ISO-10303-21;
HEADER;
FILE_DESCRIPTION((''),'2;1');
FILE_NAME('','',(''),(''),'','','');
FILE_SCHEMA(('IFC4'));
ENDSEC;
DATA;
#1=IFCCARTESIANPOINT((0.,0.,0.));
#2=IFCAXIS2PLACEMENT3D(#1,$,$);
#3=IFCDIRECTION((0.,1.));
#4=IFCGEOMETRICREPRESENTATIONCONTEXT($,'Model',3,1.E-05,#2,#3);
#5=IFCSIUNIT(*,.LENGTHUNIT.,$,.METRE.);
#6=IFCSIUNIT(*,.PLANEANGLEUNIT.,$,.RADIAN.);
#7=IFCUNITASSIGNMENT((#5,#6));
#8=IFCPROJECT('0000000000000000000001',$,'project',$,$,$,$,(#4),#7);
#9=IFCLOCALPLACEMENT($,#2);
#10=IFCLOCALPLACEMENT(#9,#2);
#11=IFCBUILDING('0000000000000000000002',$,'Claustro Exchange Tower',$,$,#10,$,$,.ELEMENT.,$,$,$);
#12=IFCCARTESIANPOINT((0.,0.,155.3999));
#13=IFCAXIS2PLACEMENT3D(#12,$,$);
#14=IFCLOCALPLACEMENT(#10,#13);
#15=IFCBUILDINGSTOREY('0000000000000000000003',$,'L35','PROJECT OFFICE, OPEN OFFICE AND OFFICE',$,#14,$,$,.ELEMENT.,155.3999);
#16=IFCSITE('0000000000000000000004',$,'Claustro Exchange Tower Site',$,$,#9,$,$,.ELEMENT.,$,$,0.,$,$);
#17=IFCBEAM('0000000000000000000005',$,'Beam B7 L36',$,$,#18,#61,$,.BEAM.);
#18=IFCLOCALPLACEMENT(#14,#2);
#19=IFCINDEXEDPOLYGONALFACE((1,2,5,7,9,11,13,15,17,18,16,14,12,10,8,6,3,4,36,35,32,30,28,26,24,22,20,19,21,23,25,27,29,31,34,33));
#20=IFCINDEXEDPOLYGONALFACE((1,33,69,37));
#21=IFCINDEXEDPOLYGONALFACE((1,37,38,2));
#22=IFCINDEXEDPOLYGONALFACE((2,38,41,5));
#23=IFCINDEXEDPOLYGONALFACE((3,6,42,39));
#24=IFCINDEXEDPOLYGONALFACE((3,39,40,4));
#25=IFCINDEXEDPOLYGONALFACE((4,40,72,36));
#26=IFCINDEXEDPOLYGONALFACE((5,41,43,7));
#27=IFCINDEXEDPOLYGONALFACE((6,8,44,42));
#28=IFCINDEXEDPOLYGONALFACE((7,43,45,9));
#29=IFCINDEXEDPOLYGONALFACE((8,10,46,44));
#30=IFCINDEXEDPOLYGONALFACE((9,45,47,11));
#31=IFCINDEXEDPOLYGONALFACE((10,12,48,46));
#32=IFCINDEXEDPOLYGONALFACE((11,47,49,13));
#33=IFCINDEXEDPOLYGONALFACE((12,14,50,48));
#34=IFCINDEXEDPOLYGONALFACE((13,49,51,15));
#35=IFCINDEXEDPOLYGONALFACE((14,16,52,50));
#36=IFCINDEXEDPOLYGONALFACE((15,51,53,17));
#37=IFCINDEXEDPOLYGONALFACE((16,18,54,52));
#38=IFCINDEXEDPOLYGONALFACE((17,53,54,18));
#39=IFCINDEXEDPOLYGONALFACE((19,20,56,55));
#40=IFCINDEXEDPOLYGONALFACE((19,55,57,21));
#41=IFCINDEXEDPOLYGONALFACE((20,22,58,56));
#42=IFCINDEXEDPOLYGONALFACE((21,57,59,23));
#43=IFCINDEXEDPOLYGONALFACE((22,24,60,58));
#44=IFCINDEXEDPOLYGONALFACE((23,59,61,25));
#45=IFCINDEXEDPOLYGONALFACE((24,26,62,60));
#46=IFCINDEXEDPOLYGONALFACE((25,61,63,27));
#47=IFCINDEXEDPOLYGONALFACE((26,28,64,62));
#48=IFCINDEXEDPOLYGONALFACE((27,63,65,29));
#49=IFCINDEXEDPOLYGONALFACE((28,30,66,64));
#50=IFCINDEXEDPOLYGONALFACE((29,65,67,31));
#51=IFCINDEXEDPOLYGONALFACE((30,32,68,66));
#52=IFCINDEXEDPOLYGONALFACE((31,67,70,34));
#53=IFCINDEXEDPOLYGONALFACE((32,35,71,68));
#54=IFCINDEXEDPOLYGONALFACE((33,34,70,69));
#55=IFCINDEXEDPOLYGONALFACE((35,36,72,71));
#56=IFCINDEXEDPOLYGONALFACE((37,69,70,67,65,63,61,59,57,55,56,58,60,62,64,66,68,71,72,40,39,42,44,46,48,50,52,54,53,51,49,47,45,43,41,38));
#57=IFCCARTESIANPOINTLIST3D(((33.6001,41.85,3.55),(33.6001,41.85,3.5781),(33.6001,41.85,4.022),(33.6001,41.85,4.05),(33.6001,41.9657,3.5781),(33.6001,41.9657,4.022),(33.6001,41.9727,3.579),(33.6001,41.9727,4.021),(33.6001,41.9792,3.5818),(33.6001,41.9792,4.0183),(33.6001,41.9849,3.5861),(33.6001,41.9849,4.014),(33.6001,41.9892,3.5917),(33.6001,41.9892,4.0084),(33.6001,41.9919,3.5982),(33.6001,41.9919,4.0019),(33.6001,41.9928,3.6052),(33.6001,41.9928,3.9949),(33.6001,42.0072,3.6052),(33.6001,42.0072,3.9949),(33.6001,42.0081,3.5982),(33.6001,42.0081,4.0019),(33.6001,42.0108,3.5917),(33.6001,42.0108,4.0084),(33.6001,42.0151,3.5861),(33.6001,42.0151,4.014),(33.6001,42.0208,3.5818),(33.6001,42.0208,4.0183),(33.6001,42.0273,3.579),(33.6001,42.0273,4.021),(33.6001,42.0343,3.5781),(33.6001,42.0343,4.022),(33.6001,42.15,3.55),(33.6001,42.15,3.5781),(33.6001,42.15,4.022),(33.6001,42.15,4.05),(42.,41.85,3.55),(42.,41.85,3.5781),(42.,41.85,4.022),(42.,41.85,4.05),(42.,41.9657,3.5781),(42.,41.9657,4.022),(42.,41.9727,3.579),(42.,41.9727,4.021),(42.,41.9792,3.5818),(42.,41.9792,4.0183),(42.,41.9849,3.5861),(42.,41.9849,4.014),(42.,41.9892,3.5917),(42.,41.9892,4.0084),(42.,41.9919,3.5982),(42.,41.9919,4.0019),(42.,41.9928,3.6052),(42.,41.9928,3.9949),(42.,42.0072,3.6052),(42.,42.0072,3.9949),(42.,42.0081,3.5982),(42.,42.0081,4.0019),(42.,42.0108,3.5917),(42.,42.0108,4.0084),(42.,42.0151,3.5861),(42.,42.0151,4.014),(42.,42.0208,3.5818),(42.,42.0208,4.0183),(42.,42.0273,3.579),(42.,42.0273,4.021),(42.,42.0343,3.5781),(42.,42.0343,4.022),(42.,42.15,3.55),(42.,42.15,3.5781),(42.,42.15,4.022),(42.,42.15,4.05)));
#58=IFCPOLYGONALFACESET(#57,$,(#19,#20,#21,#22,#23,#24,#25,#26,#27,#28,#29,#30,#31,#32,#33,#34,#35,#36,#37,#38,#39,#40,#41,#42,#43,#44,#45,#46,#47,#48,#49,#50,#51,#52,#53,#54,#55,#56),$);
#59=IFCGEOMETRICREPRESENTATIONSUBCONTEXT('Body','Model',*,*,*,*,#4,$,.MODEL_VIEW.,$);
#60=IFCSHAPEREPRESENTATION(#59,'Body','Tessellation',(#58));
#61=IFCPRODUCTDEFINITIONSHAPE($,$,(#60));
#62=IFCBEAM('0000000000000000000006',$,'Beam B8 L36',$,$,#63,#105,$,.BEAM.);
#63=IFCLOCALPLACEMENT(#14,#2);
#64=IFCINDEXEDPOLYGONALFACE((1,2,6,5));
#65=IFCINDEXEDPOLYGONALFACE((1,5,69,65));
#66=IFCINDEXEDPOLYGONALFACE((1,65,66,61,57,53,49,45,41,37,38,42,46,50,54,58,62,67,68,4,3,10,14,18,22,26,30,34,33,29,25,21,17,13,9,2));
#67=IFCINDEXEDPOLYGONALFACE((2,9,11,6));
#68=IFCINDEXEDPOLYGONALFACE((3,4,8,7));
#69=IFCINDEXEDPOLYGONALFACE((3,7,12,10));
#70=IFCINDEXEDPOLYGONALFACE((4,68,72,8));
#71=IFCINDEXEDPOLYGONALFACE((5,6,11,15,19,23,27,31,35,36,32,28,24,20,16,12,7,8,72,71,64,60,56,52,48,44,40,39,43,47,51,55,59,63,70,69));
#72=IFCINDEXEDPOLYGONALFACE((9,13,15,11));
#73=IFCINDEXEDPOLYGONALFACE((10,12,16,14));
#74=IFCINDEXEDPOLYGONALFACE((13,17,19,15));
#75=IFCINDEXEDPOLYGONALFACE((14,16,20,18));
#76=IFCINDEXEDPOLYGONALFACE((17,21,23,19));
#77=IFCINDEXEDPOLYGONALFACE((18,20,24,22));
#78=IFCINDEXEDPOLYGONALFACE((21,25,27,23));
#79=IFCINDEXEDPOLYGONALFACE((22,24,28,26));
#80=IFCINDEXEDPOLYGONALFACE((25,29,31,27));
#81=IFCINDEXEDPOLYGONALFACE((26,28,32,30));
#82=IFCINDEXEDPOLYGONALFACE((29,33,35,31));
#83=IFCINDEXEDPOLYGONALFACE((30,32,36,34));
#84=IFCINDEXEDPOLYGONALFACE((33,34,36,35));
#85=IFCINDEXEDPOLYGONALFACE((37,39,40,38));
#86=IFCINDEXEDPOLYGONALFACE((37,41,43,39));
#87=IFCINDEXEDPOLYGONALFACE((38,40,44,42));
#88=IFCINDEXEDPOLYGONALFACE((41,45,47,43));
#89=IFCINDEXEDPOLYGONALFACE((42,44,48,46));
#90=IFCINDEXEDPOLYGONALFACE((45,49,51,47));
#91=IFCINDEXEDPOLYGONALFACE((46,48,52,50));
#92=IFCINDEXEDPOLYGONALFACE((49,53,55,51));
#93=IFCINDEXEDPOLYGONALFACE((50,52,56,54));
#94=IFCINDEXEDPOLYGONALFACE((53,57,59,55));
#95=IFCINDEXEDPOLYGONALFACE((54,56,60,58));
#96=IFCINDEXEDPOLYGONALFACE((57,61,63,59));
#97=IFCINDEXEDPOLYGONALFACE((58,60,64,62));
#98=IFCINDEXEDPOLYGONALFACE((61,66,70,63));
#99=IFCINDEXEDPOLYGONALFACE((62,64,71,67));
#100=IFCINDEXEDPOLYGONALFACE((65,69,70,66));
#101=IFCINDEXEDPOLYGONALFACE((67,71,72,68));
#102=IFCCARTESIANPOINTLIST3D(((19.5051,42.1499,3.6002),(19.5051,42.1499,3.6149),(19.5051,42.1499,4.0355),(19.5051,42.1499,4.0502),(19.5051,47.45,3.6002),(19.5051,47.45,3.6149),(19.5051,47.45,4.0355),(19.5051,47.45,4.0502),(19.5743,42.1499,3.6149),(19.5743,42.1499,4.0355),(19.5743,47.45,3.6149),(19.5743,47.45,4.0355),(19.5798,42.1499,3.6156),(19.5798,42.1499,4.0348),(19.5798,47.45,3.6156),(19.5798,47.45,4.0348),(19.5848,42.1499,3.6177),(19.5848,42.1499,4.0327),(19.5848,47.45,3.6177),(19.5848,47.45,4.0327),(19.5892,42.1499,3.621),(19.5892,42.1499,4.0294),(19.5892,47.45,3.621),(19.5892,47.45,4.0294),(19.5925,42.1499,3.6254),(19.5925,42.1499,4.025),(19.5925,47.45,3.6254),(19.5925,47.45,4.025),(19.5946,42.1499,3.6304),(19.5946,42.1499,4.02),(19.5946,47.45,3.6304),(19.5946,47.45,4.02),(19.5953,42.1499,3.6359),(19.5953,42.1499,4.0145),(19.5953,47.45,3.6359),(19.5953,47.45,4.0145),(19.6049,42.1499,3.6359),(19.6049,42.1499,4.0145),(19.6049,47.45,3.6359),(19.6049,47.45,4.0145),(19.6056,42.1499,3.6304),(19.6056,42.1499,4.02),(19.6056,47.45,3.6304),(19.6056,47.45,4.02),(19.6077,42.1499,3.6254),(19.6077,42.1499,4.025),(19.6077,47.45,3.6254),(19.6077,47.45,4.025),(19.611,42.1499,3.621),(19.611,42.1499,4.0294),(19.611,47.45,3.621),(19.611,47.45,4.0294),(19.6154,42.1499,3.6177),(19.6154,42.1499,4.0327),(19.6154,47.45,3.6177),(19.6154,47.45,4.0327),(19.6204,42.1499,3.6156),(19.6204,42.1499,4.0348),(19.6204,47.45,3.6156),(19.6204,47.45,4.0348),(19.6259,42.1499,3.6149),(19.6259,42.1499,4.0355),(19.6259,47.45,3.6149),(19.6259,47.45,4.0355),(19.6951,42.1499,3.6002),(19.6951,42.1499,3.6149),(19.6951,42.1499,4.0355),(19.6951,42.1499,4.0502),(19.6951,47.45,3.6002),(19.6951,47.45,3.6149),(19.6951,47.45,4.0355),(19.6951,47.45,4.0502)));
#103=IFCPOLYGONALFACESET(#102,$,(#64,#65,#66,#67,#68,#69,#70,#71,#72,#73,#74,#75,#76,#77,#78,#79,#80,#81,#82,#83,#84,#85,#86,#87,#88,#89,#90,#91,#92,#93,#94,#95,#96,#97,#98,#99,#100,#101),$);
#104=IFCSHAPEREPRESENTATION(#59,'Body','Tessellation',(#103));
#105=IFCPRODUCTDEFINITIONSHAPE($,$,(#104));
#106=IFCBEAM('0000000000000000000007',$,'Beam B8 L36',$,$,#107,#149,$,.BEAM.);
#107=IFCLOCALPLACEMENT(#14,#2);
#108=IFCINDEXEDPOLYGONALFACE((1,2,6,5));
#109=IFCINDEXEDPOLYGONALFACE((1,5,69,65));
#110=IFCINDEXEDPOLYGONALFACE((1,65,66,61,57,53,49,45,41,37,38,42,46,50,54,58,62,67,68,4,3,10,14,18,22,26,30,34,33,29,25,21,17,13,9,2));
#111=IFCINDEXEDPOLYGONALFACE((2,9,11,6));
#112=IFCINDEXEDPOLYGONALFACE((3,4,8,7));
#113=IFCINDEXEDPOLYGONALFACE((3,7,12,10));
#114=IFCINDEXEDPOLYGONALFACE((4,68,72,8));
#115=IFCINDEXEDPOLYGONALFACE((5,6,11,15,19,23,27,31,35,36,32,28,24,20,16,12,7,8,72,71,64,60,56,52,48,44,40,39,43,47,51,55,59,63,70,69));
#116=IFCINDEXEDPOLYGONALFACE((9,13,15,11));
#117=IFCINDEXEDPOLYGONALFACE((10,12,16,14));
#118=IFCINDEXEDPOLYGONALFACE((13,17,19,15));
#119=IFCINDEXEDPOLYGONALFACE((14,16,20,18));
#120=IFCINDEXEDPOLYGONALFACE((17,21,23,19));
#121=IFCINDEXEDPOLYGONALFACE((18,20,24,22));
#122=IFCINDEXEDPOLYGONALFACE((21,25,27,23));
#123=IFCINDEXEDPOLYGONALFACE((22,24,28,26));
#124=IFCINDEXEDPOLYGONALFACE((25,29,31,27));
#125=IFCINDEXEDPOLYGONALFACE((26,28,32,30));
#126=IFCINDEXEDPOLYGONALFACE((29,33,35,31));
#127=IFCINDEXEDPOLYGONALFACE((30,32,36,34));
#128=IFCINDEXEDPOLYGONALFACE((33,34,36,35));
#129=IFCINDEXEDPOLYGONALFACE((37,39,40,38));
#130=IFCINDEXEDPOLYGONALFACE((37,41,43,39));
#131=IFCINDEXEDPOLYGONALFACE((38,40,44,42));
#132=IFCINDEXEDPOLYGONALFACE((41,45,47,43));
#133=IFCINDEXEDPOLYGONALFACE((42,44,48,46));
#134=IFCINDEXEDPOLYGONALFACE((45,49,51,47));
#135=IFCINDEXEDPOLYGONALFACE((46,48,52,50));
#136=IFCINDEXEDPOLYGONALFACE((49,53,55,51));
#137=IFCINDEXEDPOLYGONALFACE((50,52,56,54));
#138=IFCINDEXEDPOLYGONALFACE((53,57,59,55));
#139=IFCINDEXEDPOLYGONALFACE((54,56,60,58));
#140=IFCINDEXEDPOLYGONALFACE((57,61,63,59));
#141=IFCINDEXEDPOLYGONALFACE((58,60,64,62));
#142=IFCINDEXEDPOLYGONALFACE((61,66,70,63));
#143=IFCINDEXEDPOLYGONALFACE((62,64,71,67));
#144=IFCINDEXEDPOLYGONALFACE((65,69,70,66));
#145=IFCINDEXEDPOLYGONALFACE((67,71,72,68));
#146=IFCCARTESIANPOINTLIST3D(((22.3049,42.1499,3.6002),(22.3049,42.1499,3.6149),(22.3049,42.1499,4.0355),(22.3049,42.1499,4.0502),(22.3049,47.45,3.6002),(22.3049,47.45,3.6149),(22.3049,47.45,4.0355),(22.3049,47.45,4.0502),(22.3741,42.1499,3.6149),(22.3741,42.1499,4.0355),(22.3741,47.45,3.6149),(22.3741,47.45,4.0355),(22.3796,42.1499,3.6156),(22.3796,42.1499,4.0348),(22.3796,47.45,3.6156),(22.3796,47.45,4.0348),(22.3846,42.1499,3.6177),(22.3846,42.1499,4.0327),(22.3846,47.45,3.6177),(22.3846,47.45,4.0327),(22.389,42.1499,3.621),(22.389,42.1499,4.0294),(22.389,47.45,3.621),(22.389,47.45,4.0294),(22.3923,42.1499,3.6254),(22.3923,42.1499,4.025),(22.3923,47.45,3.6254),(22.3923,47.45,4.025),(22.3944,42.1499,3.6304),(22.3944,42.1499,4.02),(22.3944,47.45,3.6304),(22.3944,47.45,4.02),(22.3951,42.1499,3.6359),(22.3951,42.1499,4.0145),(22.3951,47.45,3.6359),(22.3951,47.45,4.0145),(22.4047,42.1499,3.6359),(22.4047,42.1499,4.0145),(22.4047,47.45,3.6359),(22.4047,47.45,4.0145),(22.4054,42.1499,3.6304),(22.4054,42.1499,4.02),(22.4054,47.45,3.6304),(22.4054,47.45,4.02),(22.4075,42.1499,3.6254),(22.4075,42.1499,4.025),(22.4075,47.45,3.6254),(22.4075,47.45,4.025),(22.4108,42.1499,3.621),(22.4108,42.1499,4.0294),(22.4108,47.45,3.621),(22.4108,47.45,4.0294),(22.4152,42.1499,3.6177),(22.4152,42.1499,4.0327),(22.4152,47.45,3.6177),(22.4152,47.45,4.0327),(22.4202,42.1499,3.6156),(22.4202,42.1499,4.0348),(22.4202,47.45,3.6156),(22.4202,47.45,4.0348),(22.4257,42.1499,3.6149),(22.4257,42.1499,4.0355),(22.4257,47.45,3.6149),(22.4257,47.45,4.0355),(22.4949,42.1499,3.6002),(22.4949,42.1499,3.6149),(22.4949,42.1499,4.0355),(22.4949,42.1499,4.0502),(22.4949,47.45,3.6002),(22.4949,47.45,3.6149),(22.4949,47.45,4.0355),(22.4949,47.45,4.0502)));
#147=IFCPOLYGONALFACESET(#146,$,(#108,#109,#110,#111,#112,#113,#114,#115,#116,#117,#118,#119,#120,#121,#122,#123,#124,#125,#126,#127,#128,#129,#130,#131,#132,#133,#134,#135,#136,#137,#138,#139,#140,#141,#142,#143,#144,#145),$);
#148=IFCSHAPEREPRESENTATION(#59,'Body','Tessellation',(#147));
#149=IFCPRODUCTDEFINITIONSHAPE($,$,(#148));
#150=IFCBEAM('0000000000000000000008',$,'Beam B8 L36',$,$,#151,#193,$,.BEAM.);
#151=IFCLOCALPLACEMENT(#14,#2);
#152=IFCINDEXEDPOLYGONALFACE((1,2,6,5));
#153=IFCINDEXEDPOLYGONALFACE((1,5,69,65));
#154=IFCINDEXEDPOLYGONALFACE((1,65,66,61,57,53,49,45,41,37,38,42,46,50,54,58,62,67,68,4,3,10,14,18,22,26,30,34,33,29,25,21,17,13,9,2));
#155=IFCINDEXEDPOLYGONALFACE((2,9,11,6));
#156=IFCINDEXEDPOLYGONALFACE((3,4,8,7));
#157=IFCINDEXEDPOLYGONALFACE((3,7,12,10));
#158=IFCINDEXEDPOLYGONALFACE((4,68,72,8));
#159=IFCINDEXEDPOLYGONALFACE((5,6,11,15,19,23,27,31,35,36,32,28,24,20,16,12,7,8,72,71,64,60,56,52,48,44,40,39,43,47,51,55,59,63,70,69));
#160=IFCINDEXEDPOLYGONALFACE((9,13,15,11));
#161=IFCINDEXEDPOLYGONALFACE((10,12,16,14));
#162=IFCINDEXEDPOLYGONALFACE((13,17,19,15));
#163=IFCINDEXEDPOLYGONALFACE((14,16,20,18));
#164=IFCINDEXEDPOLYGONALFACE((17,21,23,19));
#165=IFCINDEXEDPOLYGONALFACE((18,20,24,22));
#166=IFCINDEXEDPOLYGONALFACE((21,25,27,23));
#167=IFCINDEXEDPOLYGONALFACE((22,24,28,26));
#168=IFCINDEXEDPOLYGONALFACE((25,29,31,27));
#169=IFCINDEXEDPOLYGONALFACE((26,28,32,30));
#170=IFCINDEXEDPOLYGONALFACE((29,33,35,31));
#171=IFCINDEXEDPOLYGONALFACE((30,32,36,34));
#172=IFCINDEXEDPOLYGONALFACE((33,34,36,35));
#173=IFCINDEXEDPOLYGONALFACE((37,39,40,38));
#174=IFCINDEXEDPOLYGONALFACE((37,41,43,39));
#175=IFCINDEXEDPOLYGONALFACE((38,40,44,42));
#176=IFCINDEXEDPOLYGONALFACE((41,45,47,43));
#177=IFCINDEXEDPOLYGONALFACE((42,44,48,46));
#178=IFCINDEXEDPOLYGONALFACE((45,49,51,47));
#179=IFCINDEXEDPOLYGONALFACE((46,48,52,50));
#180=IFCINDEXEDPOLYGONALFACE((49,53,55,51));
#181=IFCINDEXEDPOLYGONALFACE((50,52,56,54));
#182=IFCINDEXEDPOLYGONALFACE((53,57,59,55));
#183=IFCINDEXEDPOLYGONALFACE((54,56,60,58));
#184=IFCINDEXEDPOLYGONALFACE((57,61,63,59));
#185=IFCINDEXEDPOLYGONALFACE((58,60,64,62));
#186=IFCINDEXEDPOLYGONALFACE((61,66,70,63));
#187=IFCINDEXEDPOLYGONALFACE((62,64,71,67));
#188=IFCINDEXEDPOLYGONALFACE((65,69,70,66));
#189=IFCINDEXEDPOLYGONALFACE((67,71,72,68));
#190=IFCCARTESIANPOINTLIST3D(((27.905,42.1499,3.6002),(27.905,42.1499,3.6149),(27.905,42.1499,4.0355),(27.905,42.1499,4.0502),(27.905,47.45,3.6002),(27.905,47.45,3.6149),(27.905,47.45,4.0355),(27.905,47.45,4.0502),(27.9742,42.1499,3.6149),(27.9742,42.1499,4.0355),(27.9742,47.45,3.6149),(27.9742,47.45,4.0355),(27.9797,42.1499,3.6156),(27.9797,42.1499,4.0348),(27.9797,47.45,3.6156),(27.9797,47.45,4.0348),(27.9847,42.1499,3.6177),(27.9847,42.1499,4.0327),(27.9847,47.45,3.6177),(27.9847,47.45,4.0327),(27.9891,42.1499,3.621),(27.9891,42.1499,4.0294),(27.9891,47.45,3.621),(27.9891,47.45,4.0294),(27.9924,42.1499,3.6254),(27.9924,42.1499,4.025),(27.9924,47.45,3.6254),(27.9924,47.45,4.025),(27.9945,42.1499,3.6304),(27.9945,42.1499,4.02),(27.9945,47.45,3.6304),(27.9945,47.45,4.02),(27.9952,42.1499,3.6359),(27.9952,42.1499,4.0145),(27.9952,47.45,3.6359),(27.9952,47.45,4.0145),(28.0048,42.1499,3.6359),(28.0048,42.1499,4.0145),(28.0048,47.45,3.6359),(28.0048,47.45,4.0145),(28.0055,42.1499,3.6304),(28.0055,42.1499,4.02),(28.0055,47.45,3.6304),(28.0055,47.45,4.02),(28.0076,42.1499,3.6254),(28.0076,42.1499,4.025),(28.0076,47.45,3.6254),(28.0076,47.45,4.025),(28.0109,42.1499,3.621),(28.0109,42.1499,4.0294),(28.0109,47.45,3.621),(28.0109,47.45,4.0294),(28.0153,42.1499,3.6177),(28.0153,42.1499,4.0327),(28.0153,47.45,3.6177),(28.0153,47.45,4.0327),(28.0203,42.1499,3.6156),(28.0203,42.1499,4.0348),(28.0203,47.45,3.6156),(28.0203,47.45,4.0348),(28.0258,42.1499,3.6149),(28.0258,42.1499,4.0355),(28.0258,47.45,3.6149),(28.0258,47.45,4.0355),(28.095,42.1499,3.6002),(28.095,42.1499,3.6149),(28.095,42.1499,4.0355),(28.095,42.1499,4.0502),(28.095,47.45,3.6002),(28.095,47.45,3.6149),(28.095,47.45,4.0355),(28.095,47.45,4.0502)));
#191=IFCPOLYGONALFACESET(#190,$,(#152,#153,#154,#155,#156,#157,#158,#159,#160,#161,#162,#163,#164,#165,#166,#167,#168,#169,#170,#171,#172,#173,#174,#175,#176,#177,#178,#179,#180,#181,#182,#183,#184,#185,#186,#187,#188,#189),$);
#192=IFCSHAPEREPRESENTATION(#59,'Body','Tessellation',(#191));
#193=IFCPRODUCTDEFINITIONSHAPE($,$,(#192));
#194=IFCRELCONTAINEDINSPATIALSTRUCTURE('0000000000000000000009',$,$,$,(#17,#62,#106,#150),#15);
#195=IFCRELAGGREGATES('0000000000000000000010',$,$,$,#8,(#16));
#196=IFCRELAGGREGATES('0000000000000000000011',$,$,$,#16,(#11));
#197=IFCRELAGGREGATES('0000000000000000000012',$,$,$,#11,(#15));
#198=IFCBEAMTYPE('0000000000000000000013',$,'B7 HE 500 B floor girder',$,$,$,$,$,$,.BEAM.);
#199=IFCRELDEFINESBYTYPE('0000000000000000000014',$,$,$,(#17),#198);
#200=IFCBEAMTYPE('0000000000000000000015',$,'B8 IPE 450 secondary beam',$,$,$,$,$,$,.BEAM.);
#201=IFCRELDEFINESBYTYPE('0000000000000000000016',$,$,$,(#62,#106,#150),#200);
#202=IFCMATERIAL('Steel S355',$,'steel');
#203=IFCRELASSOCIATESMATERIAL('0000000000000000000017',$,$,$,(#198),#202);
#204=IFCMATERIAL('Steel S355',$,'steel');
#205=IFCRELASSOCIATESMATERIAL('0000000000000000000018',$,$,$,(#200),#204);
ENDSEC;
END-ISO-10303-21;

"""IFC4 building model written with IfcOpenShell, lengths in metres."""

from ifc_helpers import new_model, si_unit, direction, frame, origin, origin_2d, place, context, subcontext, project, spatial, i_section, extrude, material, material_profile, profile_set, type_object, element, save


model = new_model("IFC4")

# Units and contexts
model_context = context("Model", 3, precision=1e-05, world=origin(), true_north=direction((0.0, 1.0)))
body_context = subcontext(model_context, "Body", "Model", "MODEL_VIEW")
ifc_project = project(units=[si_unit("LENGTHUNIT", "METRE"), si_unit("PLANEANGLEUNIT", "RADIAN")], contexts=[model_context])

# Site, building, storey
site_placement = place(None, origin())
site = spatial("IfcSite", under=ifc_project, at=site_placement, Name="Claustro Exchange Tower Site", CompositionType="ELEMENT", RefElevation=0.0)
building_placement = place(site_placement, origin())
building = spatial("IfcBuilding", under=site, at=building_placement, Name="Claustro Exchange Tower", CompositionType="ELEMENT")
storey_placement = place(building_placement, frame((0.0, 0.0, 155.3999)))
storey = spatial("IfcBuildingStorey", under=building, at=storey_placement, Name="L35", Description="PROJECT OFFICE, OPEN OFFICE AND OFFICE", CompositionType="ELEMENT", Elevation=155.3999)

# Beams
ifc_material_1 = material(Name="Steel S355", Category="steel")
ifc_material_profile_1 = material_profile(ifc_material_1, i_section(OverallWidth=0.3, OverallDepth=0.5, WebThickness=0.0144, FlangeThickness=0.0281, FilletRadius=0.0271, at=origin_2d()), Name="HE 500 B")
ifc_profile_set_1 = profile_set([ifc_material_profile_1], Name="Steel S355")
beam_type_1 = type_object("IfcBeamType", Name="B7 HE 500 B floor girder", PredefinedType="BEAM", material=ifc_profile_set_1)
beam_1_placement = place(storey_placement, frame((33.6001, 42.0, 3.8), z_axis=(1.0, 0.0, 0.0), x_axis=(0.0, 1.0, 0.0)))
element("IfcBeam", 1, at=beam_1_placement, inside=storey, type_object=beam_type_1, Name="Beam B7 L36", PredefinedType="BEAM", context=body_context, shape_type="SweptSolid", body=[
    extrude(i_section(OverallWidth=0.3, OverallDepth=0.5, WebThickness=0.0144, FlangeThickness=0.0281, FilletRadius=0.0271, at=origin_2d()), origin(), (0.0, 0.0, 1.0), 8.3999),
])
ifc_material_2 = material(Name="Steel S355", Category="steel")
ifc_material_profile_2 = material_profile(ifc_material_2, i_section(OverallWidth=0.1899, OverallDepth=0.45, WebThickness=0.0095, FlangeThickness=0.0146, FilletRadius=0.021, at=origin_2d()), Name="IPE 450")
ifc_profile_set_2 = profile_set([ifc_material_profile_2], Name="Steel S355")
beam_type_2 = type_object("IfcBeamType", Name="B8 IPE 450 secondary beam", PredefinedType="BEAM", material=ifc_profile_set_2)
for number, where, z_axis, x_axis, name in (
    (2, (19.6001, 42.1499, 3.8252), (0.0, 1.0, 0.0), (-1.0, 0.0, 0.0), "Beam B8 L36"),
    (3, (22.3999, 42.1499, 3.8252), (0.0, 1.0, 0.0), (-1.0, 0.0, 0.0), "Beam B8 L36"),
    (4, (28.0, 42.1499, 3.8252), (0.0, 1.0, 0.0), (-1.0, 0.0, 0.0), "Beam B8 L36"),
):
    element("IfcBeam", number, at=place(storey_placement, frame(where, z_axis=z_axis, x_axis=x_axis)), inside=storey, type_object=beam_type_2, Name=name, PredefinedType="BEAM", context=body_context, shape_type="SweptSolid", body=[
        extrude(i_section(OverallWidth=0.1899, OverallDepth=0.45, WebThickness=0.0095, FlangeThickness=0.0146, FilletRadius=0.021, at=origin_2d()), origin(), (0.0, 0.0, 1.0), 5.3),
    ])

save(model, "model.ifc")
